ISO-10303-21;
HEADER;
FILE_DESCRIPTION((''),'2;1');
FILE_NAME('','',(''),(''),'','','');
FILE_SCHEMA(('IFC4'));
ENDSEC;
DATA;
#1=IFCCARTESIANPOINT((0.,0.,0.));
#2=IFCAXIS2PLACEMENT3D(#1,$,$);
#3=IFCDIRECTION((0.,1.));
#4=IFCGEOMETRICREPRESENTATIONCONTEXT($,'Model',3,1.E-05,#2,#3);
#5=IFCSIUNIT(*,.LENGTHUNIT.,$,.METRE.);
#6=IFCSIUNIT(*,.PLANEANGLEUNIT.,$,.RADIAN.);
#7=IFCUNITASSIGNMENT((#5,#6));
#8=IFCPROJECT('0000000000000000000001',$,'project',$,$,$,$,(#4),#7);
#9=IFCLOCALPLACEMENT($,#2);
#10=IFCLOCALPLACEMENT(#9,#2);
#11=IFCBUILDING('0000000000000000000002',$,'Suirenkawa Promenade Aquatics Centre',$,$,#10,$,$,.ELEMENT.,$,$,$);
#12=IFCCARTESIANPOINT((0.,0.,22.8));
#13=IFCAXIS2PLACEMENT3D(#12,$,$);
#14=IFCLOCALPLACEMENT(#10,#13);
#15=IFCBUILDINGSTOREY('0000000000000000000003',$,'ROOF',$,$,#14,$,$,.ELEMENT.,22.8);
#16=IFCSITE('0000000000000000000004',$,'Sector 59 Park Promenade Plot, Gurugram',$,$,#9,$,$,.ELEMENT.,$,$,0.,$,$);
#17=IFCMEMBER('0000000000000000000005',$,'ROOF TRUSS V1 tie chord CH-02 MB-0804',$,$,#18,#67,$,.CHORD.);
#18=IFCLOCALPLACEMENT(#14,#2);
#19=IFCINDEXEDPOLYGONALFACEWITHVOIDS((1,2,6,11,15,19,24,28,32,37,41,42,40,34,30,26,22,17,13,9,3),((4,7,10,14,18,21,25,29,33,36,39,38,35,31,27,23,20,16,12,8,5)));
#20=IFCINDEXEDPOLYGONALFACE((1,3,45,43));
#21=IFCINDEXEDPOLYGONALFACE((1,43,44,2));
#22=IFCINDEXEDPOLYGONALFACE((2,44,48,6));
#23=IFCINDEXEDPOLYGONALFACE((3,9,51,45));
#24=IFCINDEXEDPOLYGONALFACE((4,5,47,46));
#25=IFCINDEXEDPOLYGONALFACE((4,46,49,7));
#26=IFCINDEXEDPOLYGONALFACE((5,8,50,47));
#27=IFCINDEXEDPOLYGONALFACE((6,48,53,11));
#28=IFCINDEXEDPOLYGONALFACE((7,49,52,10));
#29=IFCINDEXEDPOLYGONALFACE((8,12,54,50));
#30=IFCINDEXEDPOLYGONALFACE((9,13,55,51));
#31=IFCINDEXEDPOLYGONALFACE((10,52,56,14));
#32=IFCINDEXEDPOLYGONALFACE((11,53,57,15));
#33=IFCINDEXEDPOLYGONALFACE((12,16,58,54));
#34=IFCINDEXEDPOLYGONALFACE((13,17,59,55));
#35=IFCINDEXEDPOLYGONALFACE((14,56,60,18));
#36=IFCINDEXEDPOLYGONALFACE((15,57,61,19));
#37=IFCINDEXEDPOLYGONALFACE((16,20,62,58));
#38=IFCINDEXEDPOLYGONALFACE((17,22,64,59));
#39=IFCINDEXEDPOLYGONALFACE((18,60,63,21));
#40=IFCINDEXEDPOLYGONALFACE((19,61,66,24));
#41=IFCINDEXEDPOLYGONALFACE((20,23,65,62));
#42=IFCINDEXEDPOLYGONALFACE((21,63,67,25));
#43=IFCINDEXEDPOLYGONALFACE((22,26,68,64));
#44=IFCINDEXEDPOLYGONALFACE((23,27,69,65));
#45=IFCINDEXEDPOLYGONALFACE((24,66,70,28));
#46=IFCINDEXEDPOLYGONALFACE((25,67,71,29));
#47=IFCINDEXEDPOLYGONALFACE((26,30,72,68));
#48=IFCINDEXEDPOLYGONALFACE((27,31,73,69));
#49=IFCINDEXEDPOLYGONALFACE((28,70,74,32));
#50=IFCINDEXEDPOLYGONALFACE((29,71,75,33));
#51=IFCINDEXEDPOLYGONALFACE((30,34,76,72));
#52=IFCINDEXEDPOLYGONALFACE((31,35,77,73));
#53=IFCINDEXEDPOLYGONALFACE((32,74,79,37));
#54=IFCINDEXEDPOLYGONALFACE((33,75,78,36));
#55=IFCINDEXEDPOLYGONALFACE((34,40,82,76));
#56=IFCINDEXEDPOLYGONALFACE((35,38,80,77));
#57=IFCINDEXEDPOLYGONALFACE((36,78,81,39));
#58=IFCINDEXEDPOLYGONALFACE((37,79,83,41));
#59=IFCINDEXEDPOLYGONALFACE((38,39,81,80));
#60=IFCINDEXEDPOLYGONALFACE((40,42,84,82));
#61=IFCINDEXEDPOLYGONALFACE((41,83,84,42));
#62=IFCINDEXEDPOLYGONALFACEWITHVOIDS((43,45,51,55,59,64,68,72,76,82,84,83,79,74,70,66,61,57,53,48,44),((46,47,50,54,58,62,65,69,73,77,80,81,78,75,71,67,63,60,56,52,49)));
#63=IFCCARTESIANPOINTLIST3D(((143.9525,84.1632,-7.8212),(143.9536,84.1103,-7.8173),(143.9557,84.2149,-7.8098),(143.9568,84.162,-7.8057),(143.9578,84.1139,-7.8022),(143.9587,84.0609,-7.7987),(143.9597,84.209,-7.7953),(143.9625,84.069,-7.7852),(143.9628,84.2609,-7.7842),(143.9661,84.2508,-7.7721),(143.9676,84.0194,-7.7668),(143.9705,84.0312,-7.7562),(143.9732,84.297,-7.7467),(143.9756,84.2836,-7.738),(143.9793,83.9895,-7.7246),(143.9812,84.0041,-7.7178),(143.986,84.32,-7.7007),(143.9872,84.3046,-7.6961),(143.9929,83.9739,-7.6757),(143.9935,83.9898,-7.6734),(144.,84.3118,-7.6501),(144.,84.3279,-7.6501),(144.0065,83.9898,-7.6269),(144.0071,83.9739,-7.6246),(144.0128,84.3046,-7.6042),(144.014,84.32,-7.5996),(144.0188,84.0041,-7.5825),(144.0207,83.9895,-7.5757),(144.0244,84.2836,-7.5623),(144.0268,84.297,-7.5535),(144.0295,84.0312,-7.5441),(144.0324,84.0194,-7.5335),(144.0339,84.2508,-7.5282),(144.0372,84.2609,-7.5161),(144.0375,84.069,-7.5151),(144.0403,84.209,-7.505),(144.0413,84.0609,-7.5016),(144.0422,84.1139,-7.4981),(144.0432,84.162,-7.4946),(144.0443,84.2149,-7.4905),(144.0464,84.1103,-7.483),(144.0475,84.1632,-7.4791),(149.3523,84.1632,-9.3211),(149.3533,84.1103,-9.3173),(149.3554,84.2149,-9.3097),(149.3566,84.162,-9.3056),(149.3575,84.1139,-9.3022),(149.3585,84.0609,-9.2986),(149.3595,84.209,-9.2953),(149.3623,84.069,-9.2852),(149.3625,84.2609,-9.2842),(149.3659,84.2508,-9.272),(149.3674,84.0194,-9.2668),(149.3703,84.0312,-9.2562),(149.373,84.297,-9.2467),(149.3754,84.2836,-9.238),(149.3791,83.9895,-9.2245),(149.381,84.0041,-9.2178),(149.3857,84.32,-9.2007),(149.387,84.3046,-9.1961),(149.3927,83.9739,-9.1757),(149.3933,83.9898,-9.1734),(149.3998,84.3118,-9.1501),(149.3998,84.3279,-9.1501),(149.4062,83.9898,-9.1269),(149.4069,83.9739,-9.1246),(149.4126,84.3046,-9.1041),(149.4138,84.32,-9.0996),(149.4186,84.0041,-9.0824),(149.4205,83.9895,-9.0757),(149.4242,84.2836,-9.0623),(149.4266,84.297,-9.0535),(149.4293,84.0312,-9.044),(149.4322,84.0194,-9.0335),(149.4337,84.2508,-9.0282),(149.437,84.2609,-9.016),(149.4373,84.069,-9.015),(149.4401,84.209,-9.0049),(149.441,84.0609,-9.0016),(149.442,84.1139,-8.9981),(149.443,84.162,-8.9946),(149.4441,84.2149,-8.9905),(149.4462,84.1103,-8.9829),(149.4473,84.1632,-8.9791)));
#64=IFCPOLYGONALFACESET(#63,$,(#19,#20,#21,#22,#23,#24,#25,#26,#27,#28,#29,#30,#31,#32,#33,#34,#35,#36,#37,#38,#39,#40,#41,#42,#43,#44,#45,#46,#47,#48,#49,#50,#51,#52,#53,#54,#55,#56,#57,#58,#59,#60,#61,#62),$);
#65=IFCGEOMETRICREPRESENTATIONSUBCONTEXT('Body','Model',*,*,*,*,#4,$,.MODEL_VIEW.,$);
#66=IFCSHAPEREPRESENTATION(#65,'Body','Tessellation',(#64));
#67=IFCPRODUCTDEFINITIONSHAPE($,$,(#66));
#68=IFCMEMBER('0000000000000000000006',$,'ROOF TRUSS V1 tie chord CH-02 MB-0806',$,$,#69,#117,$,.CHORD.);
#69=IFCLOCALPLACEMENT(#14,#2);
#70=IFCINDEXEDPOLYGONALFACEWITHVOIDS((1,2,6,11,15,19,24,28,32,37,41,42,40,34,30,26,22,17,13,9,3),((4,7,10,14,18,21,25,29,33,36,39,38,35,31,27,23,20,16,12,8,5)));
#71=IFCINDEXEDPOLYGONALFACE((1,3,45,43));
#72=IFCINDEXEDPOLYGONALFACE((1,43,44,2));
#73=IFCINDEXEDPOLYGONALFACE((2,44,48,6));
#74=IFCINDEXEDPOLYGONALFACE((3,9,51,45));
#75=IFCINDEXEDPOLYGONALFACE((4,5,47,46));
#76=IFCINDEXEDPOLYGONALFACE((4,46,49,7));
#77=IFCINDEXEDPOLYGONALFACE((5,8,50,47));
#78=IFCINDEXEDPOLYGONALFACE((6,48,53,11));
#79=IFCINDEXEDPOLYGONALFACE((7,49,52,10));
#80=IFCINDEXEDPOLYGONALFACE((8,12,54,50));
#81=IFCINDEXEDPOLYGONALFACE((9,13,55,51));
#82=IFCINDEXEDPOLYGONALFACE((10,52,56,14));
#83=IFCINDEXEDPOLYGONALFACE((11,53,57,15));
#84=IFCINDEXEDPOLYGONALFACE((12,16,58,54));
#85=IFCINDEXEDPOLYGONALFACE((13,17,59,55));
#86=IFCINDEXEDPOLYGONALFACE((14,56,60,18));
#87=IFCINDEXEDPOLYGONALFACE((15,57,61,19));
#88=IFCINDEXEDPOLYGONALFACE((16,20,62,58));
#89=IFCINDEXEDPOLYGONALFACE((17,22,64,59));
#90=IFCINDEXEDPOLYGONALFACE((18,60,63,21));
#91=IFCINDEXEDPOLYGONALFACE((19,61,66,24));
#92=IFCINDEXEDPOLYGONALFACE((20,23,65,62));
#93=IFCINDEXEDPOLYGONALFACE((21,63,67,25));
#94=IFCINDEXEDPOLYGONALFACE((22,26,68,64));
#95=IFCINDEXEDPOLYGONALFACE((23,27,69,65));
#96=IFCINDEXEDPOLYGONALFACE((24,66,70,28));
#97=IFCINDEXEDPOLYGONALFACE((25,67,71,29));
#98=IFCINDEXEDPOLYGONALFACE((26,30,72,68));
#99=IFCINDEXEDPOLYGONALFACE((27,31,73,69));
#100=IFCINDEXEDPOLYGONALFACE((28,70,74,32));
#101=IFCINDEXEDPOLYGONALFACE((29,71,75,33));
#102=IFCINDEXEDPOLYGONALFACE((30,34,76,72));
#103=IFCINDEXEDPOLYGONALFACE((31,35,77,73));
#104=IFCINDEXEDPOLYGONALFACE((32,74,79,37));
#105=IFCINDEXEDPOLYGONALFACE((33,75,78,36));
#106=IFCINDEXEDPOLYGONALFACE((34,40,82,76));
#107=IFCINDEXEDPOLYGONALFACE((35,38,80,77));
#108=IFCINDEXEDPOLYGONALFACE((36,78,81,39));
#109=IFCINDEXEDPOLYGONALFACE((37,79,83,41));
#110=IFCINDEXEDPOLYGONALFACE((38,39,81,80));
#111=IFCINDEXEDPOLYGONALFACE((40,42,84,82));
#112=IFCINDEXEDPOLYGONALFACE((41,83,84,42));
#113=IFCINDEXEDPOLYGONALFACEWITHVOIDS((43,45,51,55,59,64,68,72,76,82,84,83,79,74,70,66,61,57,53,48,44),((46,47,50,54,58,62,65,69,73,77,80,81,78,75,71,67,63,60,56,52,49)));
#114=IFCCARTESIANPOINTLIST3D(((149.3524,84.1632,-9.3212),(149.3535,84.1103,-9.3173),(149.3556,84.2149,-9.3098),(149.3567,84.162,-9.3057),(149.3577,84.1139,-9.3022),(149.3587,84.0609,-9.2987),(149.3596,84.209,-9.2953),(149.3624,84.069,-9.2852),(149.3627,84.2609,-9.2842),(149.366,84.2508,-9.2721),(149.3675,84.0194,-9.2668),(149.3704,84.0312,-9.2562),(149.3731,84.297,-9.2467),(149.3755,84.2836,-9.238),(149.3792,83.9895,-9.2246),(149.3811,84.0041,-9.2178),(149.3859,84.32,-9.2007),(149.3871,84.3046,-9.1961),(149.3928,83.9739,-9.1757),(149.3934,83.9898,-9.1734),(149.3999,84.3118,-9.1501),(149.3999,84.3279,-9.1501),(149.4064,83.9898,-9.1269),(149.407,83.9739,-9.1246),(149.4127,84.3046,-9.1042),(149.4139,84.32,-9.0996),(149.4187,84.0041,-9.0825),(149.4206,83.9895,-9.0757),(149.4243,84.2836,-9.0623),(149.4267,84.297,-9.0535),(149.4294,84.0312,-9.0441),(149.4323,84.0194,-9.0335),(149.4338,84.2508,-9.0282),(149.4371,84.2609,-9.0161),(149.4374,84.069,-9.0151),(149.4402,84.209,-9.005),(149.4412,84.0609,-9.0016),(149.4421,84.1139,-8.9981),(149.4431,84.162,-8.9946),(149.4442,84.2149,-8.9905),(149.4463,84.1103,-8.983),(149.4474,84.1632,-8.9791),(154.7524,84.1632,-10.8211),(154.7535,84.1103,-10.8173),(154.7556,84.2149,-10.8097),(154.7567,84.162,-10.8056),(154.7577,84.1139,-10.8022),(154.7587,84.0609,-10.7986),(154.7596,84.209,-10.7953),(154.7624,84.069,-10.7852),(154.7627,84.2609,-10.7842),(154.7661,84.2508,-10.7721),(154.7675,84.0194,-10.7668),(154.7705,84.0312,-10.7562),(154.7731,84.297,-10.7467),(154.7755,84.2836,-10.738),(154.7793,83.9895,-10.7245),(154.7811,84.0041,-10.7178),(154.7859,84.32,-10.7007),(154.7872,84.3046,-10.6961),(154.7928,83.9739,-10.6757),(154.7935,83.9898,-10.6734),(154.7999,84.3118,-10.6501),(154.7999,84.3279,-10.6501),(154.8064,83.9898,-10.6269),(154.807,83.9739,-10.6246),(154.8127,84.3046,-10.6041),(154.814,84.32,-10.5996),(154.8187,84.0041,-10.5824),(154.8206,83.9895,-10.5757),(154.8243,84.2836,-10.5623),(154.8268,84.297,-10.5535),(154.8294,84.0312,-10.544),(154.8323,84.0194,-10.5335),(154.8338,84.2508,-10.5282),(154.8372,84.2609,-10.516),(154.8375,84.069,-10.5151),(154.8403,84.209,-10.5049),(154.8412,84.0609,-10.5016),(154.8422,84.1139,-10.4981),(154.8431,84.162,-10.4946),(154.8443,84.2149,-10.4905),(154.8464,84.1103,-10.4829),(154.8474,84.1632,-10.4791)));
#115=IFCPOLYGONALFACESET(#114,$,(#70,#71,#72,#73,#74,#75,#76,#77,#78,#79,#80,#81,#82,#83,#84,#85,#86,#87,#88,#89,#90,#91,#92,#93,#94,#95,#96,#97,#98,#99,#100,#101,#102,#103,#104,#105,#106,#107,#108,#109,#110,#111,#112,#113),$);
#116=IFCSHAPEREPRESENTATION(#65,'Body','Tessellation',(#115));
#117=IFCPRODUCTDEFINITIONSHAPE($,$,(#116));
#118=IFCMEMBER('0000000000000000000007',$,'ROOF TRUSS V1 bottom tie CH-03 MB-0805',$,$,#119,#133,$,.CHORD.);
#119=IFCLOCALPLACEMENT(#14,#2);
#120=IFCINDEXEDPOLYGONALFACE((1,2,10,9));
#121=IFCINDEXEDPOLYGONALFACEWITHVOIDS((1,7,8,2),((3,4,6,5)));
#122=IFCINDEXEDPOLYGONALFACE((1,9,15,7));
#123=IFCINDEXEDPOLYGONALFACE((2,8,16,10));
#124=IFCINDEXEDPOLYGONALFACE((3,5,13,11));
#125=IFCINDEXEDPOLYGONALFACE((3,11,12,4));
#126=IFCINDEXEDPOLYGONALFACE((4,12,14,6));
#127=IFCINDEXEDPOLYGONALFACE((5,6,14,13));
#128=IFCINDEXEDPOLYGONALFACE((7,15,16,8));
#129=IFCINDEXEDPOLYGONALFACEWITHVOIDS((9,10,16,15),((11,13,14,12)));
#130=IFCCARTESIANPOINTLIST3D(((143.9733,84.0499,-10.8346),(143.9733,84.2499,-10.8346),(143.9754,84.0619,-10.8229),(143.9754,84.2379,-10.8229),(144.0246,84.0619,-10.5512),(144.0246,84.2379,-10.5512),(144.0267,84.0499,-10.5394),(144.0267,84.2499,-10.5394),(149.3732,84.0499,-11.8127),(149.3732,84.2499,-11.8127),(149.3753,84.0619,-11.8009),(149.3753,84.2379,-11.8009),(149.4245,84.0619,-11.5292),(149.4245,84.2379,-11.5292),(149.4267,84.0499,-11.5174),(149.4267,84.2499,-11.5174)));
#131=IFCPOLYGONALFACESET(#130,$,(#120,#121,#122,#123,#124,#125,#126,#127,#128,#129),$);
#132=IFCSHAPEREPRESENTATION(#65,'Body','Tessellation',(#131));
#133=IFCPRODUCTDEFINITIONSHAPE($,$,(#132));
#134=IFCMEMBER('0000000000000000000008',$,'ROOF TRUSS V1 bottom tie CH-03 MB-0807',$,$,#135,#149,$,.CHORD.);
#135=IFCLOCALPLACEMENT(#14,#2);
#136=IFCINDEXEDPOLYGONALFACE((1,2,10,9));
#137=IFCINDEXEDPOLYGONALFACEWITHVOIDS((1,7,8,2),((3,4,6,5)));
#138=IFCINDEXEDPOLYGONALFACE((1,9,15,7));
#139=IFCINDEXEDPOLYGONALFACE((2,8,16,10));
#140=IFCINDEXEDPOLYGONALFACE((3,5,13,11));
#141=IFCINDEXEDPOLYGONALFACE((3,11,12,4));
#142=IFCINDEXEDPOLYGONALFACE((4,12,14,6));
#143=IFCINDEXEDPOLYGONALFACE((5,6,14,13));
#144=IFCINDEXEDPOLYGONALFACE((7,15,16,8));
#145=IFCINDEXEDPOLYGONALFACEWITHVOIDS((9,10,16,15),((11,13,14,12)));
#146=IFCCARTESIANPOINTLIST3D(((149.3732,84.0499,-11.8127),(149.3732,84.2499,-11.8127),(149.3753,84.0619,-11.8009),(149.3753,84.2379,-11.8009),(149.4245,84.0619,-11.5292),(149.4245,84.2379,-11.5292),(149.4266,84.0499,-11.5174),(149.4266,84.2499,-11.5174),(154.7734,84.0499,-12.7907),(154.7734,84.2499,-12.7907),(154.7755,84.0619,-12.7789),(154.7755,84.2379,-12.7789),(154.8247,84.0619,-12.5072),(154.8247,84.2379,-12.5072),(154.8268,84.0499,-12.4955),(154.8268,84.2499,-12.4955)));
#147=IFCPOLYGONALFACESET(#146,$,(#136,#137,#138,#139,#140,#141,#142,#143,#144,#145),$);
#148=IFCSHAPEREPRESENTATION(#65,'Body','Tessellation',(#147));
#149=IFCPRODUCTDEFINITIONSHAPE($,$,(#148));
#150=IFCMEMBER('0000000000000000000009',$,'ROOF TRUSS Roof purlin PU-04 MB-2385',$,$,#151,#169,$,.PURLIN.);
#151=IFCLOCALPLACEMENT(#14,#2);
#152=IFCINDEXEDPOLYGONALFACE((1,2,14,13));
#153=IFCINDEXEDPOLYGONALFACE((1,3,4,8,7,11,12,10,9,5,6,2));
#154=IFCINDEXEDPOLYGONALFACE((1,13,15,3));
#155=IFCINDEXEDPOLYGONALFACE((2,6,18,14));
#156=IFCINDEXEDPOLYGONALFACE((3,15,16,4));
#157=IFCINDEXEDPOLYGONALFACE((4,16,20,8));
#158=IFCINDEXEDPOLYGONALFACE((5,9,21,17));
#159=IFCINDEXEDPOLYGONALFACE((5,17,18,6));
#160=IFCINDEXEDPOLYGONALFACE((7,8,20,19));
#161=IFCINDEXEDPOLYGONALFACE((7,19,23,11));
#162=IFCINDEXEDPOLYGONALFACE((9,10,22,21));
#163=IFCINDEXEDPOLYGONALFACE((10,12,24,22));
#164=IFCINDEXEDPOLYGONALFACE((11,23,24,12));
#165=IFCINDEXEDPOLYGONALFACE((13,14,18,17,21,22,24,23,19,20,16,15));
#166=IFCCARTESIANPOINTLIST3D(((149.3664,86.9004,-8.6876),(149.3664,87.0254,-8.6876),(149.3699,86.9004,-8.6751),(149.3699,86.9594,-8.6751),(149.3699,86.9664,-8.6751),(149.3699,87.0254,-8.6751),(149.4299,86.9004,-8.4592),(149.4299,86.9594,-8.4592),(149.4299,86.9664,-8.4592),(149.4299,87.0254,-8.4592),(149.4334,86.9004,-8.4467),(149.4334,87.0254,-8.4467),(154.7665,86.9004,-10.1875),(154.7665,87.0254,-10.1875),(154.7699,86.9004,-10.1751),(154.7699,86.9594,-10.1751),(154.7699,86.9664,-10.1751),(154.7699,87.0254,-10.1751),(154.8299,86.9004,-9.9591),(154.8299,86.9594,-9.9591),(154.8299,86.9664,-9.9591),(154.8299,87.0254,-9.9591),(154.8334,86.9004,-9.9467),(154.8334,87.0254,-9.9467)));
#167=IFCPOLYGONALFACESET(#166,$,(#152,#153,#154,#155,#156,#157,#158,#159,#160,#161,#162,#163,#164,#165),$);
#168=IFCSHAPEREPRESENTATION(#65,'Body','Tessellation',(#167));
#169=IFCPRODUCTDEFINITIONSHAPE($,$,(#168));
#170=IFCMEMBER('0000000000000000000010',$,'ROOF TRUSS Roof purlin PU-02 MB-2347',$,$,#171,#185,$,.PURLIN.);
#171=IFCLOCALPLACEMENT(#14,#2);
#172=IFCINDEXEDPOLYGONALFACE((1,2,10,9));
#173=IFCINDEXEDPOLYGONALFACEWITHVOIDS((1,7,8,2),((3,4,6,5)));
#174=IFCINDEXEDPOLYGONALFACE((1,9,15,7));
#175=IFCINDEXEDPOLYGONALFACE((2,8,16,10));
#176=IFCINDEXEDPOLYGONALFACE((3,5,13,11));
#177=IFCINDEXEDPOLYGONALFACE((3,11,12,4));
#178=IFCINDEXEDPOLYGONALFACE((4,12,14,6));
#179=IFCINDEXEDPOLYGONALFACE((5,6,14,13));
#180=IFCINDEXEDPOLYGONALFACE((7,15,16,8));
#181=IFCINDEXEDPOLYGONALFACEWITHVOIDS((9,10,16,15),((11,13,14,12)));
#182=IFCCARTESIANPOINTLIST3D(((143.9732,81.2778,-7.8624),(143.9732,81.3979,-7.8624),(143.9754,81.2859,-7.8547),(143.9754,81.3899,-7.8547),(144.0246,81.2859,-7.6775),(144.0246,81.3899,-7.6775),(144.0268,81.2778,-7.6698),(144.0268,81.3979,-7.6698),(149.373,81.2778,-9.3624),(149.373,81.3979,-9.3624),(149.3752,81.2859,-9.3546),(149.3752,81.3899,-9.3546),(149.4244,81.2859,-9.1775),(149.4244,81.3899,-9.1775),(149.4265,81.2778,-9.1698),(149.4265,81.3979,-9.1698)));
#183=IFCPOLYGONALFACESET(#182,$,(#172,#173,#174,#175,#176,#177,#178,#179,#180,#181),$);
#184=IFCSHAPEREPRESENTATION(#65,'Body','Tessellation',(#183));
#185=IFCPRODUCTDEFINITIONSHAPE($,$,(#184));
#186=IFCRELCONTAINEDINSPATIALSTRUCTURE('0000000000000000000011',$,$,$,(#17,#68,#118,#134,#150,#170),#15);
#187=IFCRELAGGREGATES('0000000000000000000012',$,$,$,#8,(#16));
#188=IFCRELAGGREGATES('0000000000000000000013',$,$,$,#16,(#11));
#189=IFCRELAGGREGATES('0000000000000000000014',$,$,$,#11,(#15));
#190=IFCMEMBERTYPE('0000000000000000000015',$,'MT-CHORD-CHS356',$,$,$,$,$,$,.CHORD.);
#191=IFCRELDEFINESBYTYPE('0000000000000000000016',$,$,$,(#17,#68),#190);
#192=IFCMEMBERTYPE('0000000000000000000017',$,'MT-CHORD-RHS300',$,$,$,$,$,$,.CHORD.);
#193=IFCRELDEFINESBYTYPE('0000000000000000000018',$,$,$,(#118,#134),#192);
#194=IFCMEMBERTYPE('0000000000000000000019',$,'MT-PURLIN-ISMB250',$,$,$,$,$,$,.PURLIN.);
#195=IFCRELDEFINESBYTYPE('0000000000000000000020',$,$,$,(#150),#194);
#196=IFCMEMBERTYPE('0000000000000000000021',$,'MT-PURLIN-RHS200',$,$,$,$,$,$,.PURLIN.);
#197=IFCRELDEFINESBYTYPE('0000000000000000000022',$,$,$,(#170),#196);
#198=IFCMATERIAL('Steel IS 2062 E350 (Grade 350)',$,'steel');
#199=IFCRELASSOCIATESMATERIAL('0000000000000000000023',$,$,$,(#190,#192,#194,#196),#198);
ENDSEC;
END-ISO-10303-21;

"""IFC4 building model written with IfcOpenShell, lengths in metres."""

from ifc_helpers import new_model, si_unit, direction, frame, origin, origin_2d, place, context, subcontext, project, spatial, hollow_rectangle, hollow_circle, i_section, extrude, material, material_profile, profile_set, type_object, element, save


model = new_model("IFC4")

# Units and contexts
model_context = context("Model", 3, precision=1e-05, world=origin(), true_north=direction((0.0, 1.0)))
body_context = subcontext(model_context, "Body", "Model", "MODEL_VIEW")
ifc_project = project(units=[si_unit("LENGTHUNIT", "METRE"), si_unit("PLANEANGLEUNIT", "RADIAN")], contexts=[model_context])

# Site, building, storey
site_placement = place(None, origin())
site = spatial("IfcSite", under=ifc_project, at=site_placement, Name="Sector 59 Park Promenade Plot, Gurugram", CompositionType="ELEMENT", RefElevation=0.0)
building_placement = place(site_placement, origin())
building = spatial("IfcBuilding", under=site, at=building_placement, Name="Suirenkawa Promenade Aquatics Centre", CompositionType="ELEMENT")
storey_placement = place(building_placement, frame((0.0, 0.0, 22.8)))
storey = spatial("IfcBuildingStorey", under=building, at=storey_placement, Name="ROOF", CompositionType="ELEMENT", Elevation=22.8)

# Shared definitions
ifc_material = material(Name="Steel IS 2062 E350 (Grade 350)", Category="steel")

# Members
ifc_material_profile_1 = material_profile(ifc_material, hollow_circle(Radius=0.178, WallThickness=0.0161, at=origin_2d()), Name="CHS 356x16", Category="steel")
ifc_profile_set_1 = profile_set([ifc_material_profile_1], Name="Steel IS 2062 E350 (Grade 350)")
member_type_1 = type_object("IfcMemberType", Name="MT-CHORD-CHS356", PredefinedType="CHORD", material=ifc_profile_set_1)
member_1_placement = place(storey_placement, frame((144.0, 84.1499, -7.6501), z_axis=(0.963517, 0.0, -0.267648), x_axis=(0.0, 1.0, 0.0)))
element("IfcMember", 1, at=member_1_placement, inside=storey, type_object=member_type_1, Name="ROOF TRUSS V1 tie chord CH-02 MB-0804", PredefinedType="CHORD", context=body_context, shape_type="SweptSolid", body=[
    extrude(hollow_circle(Radius=0.178, WallThickness=0.0161, at=origin_2d()), origin(), (0.0, 0.0, 1.0), 5.6042),
])
member_2_placement = place(storey_placement, frame((149.3999, 84.1499, -9.1501), z_axis=(0.96352, 0.0, -0.267637), x_axis=(0.0, 1.0, 0.0)))
element("IfcMember", 2, at=member_2_placement, inside=storey, type_object=member_type_1, Name="ROOF TRUSS V1 tie chord CH-02 MB-0806", PredefinedType="CHORD", context=body_context, shape_type="SweptSolid", body=[
    extrude(hollow_circle(Radius=0.178, WallThickness=0.0161, at=origin_2d()), origin(), (0.0, 0.0, 1.0), 5.6045),
])
ifc_material_profile_2 = material_profile(ifc_material, hollow_rectangle(XDim=0.2, YDim=0.3, WallThickness=0.012, at=origin_2d()), Name="RHS 300x200x12", Category="steel")
ifc_profile_set_2 = profile_set([ifc_material_profile_2], Name="Steel IS 2062 E350 (Grade 350)")
member_type_2 = type_object("IfcMemberType", Name="MT-CHORD-RHS300", PredefinedType="CHORD", material=ifc_profile_set_2)
member_3_placement = place(storey_placement, frame((144.0, 84.1499, -10.687), z_axis=(0.983991, 0.0, -0.17822), x_axis=(0.0, 1.0, 0.0)))
element("IfcMember", 3, at=member_3_placement, inside=storey, type_object=member_type_2, Name="ROOF TRUSS V1 bottom tie CH-03 MB-0805", PredefinedType="CHORD", context=body_context, shape_type="SweptSolid", body=[
    extrude(hollow_rectangle(XDim=0.2, YDim=0.3, WallThickness=0.012, at=origin_2d()), origin(), (0.0, 0.0, 1.0), 5.4878),
])
member_4_placement = place(storey_placement, frame((149.3999, 84.1499, -11.665), z_axis=(0.983992, 0.0, -0.178212), x_axis=(0.0, 1.0, 0.0)))
element("IfcMember", 4, at=member_4_placement, inside=storey, type_object=member_type_2, Name="ROOF TRUSS V1 bottom tie CH-03 MB-0807", PredefinedType="CHORD", context=body_context, shape_type="SweptSolid", body=[
    extrude(hollow_rectangle(XDim=0.2, YDim=0.3, WallThickness=0.012, at=origin_2d()), origin(), (0.0, 0.0, 1.0), 5.488),
])
ifc_material_profile_3 = material_profile(ifc_material, i_section(OverallWidth=0.125, OverallDepth=0.25, WebThickness=0.0071, FlangeThickness=0.0129, at=origin_2d()), Name="ISMB 250", Category="steel")
ifc_profile_set_3 = profile_set([ifc_material_profile_3], Name="Steel IS 2062 E350 (Grade 350)")
member_type_3 = type_object("IfcMemberType", Name="MT-PURLIN-ISMB250", PredefinedType="PURLIN", material=ifc_profile_set_3)
member_5_placement = place(storey_placement, frame((149.3999, 86.9629, -8.5671), z_axis=(0.96352, 0.0, -0.267637), x_axis=(0.0, 1.0, 0.0)))
element("IfcMember", 5, at=member_5_placement, inside=storey, type_object=member_type_3, Name="ROOF TRUSS Roof purlin PU-04 MB-2385", PredefinedType="PURLIN", context=body_context, shape_type="SweptSolid", body=[
    extrude(i_section(OverallWidth=0.125, OverallDepth=0.25, WebThickness=0.0071, FlangeThickness=0.0129, at=origin_2d()), origin(), (0.0, 0.0, 1.0), 5.6045),
])
ifc_material_profile_4 = material_profile(ifc_material, hollow_rectangle(XDim=0.1201, YDim=0.2, WallThickness=0.0081, at=origin_2d()), Name="RHS 200x120x8", Category="steel")
ifc_profile_set_4 = profile_set([ifc_material_profile_4], Name="Steel IS 2062 E350 (Grade 350)")
member_type_4 = type_object("IfcMemberType", Name="MT-PURLIN-RHS200", PredefinedType="PURLIN", material=ifc_profile_set_4)
member_6_placement = place(storey_placement, frame((144.0, 81.3379, -7.7661), z_axis=(0.963517, 0.0, -0.267648), x_axis=(0.0, 1.0, 0.0)))
element("IfcMember", 6, at=member_6_placement, inside=storey, type_object=member_type_4, Name="ROOF TRUSS Roof purlin PU-02 MB-2347", PredefinedType="PURLIN", context=body_context, shape_type="SweptSolid", body=[
    extrude(hollow_rectangle(XDim=0.1201, YDim=0.2, WallThickness=0.0081, at=origin_2d()), origin(), (0.0, 0.0, 1.0), 5.6042),
])

save(model, "model.ifc")
